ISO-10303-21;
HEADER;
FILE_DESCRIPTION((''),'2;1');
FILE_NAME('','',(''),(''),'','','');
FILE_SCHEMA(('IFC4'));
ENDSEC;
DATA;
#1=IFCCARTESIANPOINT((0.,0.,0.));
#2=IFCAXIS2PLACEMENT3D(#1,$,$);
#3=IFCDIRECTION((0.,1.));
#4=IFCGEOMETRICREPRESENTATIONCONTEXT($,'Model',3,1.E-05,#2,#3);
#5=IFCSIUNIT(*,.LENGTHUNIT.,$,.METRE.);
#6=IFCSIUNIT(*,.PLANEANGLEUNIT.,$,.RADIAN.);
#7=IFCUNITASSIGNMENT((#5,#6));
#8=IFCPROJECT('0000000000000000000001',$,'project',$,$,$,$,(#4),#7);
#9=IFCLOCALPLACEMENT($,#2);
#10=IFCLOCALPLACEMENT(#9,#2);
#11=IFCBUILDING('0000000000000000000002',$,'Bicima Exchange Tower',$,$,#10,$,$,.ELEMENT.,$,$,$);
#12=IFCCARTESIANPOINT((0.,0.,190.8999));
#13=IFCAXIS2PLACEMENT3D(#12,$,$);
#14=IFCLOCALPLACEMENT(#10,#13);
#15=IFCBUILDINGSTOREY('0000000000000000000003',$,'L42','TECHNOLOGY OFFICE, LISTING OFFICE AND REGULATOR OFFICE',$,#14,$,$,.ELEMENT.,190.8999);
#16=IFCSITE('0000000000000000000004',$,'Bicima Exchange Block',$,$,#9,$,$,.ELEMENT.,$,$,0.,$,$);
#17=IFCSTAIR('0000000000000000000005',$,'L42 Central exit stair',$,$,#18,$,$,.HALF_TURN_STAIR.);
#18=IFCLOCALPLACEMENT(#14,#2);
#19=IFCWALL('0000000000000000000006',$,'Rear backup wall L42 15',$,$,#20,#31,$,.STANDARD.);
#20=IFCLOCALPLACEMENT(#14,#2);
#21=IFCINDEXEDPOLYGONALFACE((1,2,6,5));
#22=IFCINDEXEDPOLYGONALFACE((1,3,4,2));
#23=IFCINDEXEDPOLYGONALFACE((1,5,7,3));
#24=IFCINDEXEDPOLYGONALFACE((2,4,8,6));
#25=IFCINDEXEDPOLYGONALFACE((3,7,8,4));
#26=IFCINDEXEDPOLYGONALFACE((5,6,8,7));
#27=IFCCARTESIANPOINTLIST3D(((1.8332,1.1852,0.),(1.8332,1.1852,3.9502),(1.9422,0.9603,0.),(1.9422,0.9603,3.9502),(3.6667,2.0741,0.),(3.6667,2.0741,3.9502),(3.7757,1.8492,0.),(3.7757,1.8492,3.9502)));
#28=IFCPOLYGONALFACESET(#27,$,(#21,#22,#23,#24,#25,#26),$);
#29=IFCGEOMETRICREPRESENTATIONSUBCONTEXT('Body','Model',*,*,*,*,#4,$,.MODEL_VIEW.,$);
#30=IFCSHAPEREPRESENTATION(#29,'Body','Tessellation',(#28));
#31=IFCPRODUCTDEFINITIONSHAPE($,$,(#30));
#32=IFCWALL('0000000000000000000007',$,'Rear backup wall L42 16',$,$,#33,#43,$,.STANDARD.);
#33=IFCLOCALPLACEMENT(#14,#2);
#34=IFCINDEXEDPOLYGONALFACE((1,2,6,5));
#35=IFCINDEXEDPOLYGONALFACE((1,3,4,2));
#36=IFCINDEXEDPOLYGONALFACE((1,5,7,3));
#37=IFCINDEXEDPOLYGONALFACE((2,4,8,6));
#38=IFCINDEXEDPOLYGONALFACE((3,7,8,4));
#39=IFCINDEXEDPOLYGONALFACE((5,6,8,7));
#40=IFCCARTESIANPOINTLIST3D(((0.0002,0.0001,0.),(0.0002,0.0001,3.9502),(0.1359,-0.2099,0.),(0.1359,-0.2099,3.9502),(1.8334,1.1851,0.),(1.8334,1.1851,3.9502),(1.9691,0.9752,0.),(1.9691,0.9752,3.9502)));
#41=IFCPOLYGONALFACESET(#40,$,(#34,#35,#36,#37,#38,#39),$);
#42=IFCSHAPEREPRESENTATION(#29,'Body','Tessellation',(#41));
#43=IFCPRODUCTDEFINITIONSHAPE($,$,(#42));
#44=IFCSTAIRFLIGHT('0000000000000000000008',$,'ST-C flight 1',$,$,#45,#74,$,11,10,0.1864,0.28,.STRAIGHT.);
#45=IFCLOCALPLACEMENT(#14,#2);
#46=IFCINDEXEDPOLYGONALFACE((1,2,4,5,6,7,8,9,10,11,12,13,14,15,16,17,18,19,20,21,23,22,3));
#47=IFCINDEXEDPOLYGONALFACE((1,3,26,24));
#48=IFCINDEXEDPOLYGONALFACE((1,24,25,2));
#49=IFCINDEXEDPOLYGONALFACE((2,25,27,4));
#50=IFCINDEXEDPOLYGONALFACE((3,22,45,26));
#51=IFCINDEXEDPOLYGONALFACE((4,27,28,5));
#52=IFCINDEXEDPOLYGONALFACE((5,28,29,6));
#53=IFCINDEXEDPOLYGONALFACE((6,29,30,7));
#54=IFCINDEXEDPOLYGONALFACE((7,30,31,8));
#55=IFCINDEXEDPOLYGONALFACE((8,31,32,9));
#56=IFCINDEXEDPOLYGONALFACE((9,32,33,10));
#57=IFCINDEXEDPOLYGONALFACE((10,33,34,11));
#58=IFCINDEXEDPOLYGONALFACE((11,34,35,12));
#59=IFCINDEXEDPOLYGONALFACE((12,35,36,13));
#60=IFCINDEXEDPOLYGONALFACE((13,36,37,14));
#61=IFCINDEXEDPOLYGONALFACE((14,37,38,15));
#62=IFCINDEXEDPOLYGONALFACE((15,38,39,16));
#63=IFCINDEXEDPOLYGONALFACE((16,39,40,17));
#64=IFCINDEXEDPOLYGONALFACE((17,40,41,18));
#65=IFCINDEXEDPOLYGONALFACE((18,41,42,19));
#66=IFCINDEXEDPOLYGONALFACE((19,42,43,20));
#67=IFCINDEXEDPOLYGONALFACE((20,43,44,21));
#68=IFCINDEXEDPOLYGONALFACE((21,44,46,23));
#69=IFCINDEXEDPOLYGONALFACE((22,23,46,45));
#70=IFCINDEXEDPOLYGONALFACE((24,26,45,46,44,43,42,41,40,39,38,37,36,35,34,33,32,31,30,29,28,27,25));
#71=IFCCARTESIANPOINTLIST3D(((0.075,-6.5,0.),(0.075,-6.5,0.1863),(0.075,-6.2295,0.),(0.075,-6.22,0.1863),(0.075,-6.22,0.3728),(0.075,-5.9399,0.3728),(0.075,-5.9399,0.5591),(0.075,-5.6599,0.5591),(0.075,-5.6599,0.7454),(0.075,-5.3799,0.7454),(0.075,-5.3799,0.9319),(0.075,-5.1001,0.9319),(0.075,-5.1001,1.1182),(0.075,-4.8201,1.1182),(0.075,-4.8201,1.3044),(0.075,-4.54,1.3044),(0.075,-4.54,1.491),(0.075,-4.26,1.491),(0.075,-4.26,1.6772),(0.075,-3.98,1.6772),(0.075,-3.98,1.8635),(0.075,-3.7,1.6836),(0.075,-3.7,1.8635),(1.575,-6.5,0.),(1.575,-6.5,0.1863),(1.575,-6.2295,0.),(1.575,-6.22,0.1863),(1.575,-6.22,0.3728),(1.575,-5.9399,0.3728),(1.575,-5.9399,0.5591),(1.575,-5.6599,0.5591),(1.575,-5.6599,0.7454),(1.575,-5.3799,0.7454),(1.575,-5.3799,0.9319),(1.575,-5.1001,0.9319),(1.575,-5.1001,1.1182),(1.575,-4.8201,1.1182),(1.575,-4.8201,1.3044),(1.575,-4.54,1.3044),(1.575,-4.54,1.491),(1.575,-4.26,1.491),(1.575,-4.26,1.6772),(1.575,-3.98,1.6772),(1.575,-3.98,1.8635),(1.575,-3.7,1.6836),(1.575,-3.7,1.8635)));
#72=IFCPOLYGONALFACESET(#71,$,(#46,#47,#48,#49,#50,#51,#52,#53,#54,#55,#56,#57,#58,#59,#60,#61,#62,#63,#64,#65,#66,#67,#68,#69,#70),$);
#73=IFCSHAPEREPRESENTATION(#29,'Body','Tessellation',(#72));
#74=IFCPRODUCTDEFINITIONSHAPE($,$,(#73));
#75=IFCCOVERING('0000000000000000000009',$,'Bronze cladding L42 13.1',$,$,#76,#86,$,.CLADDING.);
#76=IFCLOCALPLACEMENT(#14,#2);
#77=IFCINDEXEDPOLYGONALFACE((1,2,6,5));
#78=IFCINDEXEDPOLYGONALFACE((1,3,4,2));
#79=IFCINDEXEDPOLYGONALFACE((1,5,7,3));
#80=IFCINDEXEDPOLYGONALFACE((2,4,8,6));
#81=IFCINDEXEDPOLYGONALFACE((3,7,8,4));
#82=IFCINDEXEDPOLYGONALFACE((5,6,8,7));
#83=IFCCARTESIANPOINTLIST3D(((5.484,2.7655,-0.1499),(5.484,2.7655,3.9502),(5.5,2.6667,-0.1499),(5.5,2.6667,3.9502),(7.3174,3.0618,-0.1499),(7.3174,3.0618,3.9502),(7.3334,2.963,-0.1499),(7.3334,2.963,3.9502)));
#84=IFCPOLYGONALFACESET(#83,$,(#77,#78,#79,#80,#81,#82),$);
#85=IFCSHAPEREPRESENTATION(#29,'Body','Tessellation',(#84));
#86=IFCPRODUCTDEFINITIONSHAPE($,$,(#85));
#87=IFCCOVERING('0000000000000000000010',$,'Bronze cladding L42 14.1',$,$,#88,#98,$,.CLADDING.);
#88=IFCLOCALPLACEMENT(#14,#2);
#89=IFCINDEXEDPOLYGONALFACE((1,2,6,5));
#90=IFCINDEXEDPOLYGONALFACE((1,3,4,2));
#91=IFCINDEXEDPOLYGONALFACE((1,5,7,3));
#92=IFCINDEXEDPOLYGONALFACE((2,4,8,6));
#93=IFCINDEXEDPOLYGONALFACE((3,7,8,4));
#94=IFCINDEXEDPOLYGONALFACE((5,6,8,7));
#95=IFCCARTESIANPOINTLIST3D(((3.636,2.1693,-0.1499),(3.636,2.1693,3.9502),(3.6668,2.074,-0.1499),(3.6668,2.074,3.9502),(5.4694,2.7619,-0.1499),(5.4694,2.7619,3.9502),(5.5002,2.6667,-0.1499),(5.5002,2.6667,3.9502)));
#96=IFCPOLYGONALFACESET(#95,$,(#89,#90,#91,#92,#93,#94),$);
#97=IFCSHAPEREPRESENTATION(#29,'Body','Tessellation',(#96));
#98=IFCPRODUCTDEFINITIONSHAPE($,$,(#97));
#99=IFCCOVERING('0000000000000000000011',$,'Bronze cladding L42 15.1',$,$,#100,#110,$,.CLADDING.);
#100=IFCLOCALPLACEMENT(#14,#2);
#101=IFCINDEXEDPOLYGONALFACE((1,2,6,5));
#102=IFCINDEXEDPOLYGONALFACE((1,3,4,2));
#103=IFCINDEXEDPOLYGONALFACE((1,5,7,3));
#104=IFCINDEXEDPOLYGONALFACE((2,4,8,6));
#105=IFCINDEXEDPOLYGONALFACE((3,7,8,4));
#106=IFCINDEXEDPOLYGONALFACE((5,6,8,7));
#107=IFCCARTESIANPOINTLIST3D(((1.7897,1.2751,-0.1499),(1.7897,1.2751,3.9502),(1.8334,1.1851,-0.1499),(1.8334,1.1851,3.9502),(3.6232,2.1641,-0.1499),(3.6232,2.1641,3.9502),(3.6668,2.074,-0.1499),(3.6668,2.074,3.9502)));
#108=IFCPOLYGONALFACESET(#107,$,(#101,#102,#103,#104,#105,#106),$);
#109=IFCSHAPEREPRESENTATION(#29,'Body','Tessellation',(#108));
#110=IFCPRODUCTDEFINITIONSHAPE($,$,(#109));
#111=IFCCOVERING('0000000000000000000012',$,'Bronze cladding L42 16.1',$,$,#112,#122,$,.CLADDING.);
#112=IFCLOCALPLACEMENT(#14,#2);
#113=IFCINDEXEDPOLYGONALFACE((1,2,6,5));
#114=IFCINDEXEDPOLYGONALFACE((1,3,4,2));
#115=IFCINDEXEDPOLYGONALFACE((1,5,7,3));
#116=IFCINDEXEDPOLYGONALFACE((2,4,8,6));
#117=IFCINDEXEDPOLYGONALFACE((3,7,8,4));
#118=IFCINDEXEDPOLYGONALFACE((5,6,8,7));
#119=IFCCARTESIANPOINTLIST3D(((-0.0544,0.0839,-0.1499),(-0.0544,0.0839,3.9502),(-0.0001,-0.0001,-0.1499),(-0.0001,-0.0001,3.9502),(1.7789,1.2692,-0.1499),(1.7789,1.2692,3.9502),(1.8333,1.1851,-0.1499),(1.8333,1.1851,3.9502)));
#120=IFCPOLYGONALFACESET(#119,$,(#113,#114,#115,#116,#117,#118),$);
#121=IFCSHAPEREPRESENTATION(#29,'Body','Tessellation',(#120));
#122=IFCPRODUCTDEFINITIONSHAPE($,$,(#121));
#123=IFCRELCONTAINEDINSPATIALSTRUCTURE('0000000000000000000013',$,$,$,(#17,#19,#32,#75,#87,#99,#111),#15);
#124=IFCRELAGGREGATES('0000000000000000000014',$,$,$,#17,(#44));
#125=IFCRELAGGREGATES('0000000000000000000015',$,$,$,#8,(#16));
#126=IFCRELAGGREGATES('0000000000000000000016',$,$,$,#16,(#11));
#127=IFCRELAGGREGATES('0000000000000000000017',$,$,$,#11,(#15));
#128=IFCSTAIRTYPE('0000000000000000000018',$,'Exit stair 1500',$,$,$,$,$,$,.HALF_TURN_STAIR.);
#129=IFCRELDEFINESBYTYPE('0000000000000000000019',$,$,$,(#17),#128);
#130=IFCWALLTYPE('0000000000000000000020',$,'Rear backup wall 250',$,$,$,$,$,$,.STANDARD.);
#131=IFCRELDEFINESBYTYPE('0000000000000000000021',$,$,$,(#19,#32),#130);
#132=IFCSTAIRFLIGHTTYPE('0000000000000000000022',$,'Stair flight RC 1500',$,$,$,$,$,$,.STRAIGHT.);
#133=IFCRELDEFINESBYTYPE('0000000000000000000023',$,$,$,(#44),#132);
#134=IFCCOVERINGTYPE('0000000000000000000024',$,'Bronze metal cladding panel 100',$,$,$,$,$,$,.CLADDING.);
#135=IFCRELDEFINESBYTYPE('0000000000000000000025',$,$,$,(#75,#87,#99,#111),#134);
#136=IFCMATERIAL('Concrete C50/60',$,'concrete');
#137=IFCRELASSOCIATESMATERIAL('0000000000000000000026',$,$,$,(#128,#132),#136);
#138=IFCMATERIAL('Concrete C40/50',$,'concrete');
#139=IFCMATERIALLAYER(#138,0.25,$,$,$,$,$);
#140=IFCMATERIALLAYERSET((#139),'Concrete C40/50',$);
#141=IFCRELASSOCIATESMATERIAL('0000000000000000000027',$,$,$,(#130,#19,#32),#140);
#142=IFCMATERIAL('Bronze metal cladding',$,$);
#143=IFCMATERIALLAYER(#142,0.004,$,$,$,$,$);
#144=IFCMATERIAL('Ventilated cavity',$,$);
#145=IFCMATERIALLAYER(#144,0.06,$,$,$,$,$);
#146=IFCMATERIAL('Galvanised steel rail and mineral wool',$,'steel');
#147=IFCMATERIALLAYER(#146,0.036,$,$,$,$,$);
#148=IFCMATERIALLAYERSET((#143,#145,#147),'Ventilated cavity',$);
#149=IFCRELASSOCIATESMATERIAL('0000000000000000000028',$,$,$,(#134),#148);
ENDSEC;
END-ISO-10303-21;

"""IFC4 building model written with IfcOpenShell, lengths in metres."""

from ifc_helpers import new_model, si_unit, direction, frame, frame_2d, origin, origin_2d, place, context, subcontext, project, spatial, polyline, rectangle, outline, extrude, material, layer, layer_set, layer_usage, type_object, element, aggregate, save


model = new_model("IFC4")

# Units and contexts
model_context = context("Model", 3, precision=1e-05, world=origin(), true_north=direction((0.0, 1.0)))
body_context = subcontext(model_context, "Body", "Model", "MODEL_VIEW")
ifc_project = project(units=[si_unit("LENGTHUNIT", "METRE"), si_unit("PLANEANGLEUNIT", "RADIAN")], contexts=[model_context])

# Site, building, storey
site_placement = place(None, origin())
site = spatial("IfcSite", under=ifc_project, at=site_placement, Name="Bicima Exchange Block", CompositionType="ELEMENT", RefElevation=0.0)
building_placement = place(site_placement, origin())
building = spatial("IfcBuilding", under=site, at=building_placement, Name="Bicima Exchange Tower", CompositionType="ELEMENT")
storey_placement = place(building_placement, frame((0.0, 0.0, 190.8999)))
storey = spatial("IfcBuildingStorey", under=building, at=storey_placement, Name="L42", Description="TECHNOLOGY OFFICE, LISTING OFFICE AND REGULATOR OFFICE", CompositionType="ELEMENT", Elevation=190.8999)

# Shared definitions
ifc_material_1 = material(Name="Concrete C40/50", Category="concrete")

# Stair
ifc_material_2 = material(Name="Concrete C50/60", Category="concrete")
stair_type_1 = type_object("IfcStairType", Name="Exit stair 1500", PredefinedType="HALF_TURN_STAIR", material=ifc_material_2)
stair_1_placement = place(storey_placement, origin())
stair_1 = element("IfcStair", 1, at=stair_1_placement, inside=storey, type_object=stair_type_1, Name="L42 Central exit stair", PredefinedType="HALF_TURN_STAIR")

# Walls
ifc_layer_1 = layer(ifc_material_1, 0.25)
ifc_layer_set_1 = layer_set([ifc_layer_1], Name="Concrete C40/50")
ifc_layer_usage = layer_usage(ifc_layer_set_1, "AXIS2", "POSITIVE", -0.125)
wall_type_1 = type_object("IfcWallType", Name="Rear backup wall 250", PredefinedType="STANDARD", material=ifc_layer_set_1)
wall_1_placement = place(storey_placement, frame((3.7212, 1.9617, 0.0), z_axis=(0.0, 0.0, 1.0), x_axis=(-0.899824, -0.436253, 0.0)))
element("IfcWall", 2, at=wall_1_placement, inside=storey, type_object=wall_type_1, material=ifc_layer_usage, Name="Rear backup wall L42 15", PredefinedType="STANDARD", context=body_context, shape_type="SweptSolid", body=[
    extrude(rectangle(XDim=2.0376, YDim=0.25, at=frame_2d((1.0188, 0.0))), origin(), (0.0, 0.0, 1.0), 3.9502),
])
wall_2_placement = place(storey_placement, frame((1.9011, 1.0801, 0.0), z_axis=(0.0, 0.0, 1.0), x_axis=(-0.839813, -0.542876, 0.0)))
element("IfcWall", 3, at=wall_2_placement, inside=storey, type_object=wall_type_1, material=ifc_layer_usage, Name="Rear backup wall L42 16", PredefinedType="STANDARD", context=body_context, shape_type="SweptSolid", body=[
    extrude(rectangle(XDim=2.1829, YDim=0.25, at=frame_2d((1.0913, 0.0))), origin(), (0.0, 0.0, 1.0), 3.9502),
])

# Stair flight
stair_flight_type = type_object("IfcStairFlightType", Name="Stair flight RC 1500", PredefinedType="STRAIGHT", material=ifc_material_2)
stair_flight_placement = place(storey_placement, frame((0.825, -6.5, 0.0), z_axis=(0.0, 0.0, 1.0), x_axis=(0.0, 1.0, 0.0)))
stair_flight = element("IfcStairFlight", 4, at=stair_flight_placement, type_object=stair_flight_type, Name="ST-C flight 1", NumberOfRisers=11, NumberOfTreads=10, PredefinedType="STRAIGHT", RiserHeight=0.1864, TreadLength=0.28, context=body_context, shape_type="SweptSolid", body=[
    extrude(outline(polyline([(0.0, 0.0), (0.0, 0.1863), (0.28, 0.1863), (0.28, 0.3728), (0.5601, 0.3728), (0.5601, 0.5591), (0.8401, 0.5591), (0.8401, 0.7454), (1.1201, 0.7454), (1.1201, 0.9319), (1.3999, 0.9319), (1.3999, 1.1182), (1.6799, 1.1182), (1.6799, 1.3044), (1.96, 1.3044), (1.96, 1.491), (2.24, 1.491), (2.24, 1.6772), (2.52, 1.6772), (2.52, 1.8635), (2.8, 1.8635), (2.8, 2.05), (2.8, 1.6836), (0.2705, 0.0), (0.0, 0.0)])), frame((0.0, 0.75, 0.0), z_axis=(0.0, -1.0, 0.0), x_axis=(1.0, 0.0, 0.0)), (0.0, 0.0, 1.0), 1.5),
])
aggregate(stair_1, [stair_flight])

# Coverings
ifc_material_3 = material(Name="Bronze metal cladding")
ifc_layer_2 = layer(ifc_material_3, 0.004)
ifc_material_4 = material(Name="Ventilated cavity")
ifc_layer_3 = layer(ifc_material_4, 0.06)
ifc_material_5 = material(Name="Galvanised steel rail and mineral wool", Category="steel")
ifc_layer_4 = layer(ifc_material_5, 0.036)
ifc_layer_set_2 = layer_set([ifc_layer_2, ifc_layer_3, ifc_layer_4], Name="Ventilated cavity")
covering_type = type_object("IfcCoveringType", Name="Bronze metal cladding panel 100", PredefinedType="CLADDING", material=ifc_layer_set_2)
covering_1_placement = place(storey_placement, frame((6.4087, 2.8643, -0.1499), z_axis=(0.0, 0.0, 1.0), x_axis=(-0.98719, -0.15955, 0.0)))
element("IfcCovering", 5, at=covering_1_placement, inside=storey, type_object=covering_type, Name="Bronze cladding L42 13.1", PredefinedType="CLADDING", context=body_context, shape_type="SweptSolid", body=[
    extrude(rectangle(XDim=1.8572, YDim=0.1001, at=origin_2d()), origin(), (0.0, 0.0, 1.0), 4.1001),
])
covering_2_placement = place(storey_placement, frame((4.5681, 2.418, -0.1499), z_axis=(0.0, 0.0, 1.0), x_axis=(-0.951525, -0.307573, 0.0)))
element("IfcCovering", 6, at=covering_2_placement, inside=storey, type_object=covering_type, Name="Bronze cladding L42 14.1", PredefinedType="CLADDING", context=body_context, shape_type="SweptSolid", body=[
    extrude(rectangle(XDim=1.9268, YDim=0.1001, at=origin_2d()), origin(), (0.0, 0.0, 1.0), 4.1001),
])
covering_3_placement = place(storey_placement, frame((2.7283, 1.6746, -0.1499), z_axis=(0.0, 0.0, 1.0), x_axis=(-0.899818, -0.436265, 0.0)))
element("IfcCovering", 7, at=covering_3_placement, inside=storey, type_object=covering_type, Name="Bronze cladding L42 15.1", PredefinedType="CLADDING", context=body_context, shape_type="SweptSolid", body=[
    extrude(rectangle(XDim=2.0376, YDim=0.1001, at=origin_2d()), origin(), (0.0, 0.0, 1.0), 4.1001),
])
covering_4_placement = place(storey_placement, frame((0.8894, 0.6345, -0.1499), z_axis=(0.0, 0.0, 1.0), x_axis=(-0.83979, -0.542911, 0.0)))
element("IfcCovering", 8, at=covering_4_placement, inside=storey, type_object=covering_type, Name="Bronze cladding L42 16.1", PredefinedType="CLADDING", context=body_context, shape_type="SweptSolid", body=[
    extrude(rectangle(XDim=2.1831, YDim=0.1001, at=origin_2d()), origin(), (0.0, 0.0, 1.0), 4.1001),
])

save(model, "model.ifc")
